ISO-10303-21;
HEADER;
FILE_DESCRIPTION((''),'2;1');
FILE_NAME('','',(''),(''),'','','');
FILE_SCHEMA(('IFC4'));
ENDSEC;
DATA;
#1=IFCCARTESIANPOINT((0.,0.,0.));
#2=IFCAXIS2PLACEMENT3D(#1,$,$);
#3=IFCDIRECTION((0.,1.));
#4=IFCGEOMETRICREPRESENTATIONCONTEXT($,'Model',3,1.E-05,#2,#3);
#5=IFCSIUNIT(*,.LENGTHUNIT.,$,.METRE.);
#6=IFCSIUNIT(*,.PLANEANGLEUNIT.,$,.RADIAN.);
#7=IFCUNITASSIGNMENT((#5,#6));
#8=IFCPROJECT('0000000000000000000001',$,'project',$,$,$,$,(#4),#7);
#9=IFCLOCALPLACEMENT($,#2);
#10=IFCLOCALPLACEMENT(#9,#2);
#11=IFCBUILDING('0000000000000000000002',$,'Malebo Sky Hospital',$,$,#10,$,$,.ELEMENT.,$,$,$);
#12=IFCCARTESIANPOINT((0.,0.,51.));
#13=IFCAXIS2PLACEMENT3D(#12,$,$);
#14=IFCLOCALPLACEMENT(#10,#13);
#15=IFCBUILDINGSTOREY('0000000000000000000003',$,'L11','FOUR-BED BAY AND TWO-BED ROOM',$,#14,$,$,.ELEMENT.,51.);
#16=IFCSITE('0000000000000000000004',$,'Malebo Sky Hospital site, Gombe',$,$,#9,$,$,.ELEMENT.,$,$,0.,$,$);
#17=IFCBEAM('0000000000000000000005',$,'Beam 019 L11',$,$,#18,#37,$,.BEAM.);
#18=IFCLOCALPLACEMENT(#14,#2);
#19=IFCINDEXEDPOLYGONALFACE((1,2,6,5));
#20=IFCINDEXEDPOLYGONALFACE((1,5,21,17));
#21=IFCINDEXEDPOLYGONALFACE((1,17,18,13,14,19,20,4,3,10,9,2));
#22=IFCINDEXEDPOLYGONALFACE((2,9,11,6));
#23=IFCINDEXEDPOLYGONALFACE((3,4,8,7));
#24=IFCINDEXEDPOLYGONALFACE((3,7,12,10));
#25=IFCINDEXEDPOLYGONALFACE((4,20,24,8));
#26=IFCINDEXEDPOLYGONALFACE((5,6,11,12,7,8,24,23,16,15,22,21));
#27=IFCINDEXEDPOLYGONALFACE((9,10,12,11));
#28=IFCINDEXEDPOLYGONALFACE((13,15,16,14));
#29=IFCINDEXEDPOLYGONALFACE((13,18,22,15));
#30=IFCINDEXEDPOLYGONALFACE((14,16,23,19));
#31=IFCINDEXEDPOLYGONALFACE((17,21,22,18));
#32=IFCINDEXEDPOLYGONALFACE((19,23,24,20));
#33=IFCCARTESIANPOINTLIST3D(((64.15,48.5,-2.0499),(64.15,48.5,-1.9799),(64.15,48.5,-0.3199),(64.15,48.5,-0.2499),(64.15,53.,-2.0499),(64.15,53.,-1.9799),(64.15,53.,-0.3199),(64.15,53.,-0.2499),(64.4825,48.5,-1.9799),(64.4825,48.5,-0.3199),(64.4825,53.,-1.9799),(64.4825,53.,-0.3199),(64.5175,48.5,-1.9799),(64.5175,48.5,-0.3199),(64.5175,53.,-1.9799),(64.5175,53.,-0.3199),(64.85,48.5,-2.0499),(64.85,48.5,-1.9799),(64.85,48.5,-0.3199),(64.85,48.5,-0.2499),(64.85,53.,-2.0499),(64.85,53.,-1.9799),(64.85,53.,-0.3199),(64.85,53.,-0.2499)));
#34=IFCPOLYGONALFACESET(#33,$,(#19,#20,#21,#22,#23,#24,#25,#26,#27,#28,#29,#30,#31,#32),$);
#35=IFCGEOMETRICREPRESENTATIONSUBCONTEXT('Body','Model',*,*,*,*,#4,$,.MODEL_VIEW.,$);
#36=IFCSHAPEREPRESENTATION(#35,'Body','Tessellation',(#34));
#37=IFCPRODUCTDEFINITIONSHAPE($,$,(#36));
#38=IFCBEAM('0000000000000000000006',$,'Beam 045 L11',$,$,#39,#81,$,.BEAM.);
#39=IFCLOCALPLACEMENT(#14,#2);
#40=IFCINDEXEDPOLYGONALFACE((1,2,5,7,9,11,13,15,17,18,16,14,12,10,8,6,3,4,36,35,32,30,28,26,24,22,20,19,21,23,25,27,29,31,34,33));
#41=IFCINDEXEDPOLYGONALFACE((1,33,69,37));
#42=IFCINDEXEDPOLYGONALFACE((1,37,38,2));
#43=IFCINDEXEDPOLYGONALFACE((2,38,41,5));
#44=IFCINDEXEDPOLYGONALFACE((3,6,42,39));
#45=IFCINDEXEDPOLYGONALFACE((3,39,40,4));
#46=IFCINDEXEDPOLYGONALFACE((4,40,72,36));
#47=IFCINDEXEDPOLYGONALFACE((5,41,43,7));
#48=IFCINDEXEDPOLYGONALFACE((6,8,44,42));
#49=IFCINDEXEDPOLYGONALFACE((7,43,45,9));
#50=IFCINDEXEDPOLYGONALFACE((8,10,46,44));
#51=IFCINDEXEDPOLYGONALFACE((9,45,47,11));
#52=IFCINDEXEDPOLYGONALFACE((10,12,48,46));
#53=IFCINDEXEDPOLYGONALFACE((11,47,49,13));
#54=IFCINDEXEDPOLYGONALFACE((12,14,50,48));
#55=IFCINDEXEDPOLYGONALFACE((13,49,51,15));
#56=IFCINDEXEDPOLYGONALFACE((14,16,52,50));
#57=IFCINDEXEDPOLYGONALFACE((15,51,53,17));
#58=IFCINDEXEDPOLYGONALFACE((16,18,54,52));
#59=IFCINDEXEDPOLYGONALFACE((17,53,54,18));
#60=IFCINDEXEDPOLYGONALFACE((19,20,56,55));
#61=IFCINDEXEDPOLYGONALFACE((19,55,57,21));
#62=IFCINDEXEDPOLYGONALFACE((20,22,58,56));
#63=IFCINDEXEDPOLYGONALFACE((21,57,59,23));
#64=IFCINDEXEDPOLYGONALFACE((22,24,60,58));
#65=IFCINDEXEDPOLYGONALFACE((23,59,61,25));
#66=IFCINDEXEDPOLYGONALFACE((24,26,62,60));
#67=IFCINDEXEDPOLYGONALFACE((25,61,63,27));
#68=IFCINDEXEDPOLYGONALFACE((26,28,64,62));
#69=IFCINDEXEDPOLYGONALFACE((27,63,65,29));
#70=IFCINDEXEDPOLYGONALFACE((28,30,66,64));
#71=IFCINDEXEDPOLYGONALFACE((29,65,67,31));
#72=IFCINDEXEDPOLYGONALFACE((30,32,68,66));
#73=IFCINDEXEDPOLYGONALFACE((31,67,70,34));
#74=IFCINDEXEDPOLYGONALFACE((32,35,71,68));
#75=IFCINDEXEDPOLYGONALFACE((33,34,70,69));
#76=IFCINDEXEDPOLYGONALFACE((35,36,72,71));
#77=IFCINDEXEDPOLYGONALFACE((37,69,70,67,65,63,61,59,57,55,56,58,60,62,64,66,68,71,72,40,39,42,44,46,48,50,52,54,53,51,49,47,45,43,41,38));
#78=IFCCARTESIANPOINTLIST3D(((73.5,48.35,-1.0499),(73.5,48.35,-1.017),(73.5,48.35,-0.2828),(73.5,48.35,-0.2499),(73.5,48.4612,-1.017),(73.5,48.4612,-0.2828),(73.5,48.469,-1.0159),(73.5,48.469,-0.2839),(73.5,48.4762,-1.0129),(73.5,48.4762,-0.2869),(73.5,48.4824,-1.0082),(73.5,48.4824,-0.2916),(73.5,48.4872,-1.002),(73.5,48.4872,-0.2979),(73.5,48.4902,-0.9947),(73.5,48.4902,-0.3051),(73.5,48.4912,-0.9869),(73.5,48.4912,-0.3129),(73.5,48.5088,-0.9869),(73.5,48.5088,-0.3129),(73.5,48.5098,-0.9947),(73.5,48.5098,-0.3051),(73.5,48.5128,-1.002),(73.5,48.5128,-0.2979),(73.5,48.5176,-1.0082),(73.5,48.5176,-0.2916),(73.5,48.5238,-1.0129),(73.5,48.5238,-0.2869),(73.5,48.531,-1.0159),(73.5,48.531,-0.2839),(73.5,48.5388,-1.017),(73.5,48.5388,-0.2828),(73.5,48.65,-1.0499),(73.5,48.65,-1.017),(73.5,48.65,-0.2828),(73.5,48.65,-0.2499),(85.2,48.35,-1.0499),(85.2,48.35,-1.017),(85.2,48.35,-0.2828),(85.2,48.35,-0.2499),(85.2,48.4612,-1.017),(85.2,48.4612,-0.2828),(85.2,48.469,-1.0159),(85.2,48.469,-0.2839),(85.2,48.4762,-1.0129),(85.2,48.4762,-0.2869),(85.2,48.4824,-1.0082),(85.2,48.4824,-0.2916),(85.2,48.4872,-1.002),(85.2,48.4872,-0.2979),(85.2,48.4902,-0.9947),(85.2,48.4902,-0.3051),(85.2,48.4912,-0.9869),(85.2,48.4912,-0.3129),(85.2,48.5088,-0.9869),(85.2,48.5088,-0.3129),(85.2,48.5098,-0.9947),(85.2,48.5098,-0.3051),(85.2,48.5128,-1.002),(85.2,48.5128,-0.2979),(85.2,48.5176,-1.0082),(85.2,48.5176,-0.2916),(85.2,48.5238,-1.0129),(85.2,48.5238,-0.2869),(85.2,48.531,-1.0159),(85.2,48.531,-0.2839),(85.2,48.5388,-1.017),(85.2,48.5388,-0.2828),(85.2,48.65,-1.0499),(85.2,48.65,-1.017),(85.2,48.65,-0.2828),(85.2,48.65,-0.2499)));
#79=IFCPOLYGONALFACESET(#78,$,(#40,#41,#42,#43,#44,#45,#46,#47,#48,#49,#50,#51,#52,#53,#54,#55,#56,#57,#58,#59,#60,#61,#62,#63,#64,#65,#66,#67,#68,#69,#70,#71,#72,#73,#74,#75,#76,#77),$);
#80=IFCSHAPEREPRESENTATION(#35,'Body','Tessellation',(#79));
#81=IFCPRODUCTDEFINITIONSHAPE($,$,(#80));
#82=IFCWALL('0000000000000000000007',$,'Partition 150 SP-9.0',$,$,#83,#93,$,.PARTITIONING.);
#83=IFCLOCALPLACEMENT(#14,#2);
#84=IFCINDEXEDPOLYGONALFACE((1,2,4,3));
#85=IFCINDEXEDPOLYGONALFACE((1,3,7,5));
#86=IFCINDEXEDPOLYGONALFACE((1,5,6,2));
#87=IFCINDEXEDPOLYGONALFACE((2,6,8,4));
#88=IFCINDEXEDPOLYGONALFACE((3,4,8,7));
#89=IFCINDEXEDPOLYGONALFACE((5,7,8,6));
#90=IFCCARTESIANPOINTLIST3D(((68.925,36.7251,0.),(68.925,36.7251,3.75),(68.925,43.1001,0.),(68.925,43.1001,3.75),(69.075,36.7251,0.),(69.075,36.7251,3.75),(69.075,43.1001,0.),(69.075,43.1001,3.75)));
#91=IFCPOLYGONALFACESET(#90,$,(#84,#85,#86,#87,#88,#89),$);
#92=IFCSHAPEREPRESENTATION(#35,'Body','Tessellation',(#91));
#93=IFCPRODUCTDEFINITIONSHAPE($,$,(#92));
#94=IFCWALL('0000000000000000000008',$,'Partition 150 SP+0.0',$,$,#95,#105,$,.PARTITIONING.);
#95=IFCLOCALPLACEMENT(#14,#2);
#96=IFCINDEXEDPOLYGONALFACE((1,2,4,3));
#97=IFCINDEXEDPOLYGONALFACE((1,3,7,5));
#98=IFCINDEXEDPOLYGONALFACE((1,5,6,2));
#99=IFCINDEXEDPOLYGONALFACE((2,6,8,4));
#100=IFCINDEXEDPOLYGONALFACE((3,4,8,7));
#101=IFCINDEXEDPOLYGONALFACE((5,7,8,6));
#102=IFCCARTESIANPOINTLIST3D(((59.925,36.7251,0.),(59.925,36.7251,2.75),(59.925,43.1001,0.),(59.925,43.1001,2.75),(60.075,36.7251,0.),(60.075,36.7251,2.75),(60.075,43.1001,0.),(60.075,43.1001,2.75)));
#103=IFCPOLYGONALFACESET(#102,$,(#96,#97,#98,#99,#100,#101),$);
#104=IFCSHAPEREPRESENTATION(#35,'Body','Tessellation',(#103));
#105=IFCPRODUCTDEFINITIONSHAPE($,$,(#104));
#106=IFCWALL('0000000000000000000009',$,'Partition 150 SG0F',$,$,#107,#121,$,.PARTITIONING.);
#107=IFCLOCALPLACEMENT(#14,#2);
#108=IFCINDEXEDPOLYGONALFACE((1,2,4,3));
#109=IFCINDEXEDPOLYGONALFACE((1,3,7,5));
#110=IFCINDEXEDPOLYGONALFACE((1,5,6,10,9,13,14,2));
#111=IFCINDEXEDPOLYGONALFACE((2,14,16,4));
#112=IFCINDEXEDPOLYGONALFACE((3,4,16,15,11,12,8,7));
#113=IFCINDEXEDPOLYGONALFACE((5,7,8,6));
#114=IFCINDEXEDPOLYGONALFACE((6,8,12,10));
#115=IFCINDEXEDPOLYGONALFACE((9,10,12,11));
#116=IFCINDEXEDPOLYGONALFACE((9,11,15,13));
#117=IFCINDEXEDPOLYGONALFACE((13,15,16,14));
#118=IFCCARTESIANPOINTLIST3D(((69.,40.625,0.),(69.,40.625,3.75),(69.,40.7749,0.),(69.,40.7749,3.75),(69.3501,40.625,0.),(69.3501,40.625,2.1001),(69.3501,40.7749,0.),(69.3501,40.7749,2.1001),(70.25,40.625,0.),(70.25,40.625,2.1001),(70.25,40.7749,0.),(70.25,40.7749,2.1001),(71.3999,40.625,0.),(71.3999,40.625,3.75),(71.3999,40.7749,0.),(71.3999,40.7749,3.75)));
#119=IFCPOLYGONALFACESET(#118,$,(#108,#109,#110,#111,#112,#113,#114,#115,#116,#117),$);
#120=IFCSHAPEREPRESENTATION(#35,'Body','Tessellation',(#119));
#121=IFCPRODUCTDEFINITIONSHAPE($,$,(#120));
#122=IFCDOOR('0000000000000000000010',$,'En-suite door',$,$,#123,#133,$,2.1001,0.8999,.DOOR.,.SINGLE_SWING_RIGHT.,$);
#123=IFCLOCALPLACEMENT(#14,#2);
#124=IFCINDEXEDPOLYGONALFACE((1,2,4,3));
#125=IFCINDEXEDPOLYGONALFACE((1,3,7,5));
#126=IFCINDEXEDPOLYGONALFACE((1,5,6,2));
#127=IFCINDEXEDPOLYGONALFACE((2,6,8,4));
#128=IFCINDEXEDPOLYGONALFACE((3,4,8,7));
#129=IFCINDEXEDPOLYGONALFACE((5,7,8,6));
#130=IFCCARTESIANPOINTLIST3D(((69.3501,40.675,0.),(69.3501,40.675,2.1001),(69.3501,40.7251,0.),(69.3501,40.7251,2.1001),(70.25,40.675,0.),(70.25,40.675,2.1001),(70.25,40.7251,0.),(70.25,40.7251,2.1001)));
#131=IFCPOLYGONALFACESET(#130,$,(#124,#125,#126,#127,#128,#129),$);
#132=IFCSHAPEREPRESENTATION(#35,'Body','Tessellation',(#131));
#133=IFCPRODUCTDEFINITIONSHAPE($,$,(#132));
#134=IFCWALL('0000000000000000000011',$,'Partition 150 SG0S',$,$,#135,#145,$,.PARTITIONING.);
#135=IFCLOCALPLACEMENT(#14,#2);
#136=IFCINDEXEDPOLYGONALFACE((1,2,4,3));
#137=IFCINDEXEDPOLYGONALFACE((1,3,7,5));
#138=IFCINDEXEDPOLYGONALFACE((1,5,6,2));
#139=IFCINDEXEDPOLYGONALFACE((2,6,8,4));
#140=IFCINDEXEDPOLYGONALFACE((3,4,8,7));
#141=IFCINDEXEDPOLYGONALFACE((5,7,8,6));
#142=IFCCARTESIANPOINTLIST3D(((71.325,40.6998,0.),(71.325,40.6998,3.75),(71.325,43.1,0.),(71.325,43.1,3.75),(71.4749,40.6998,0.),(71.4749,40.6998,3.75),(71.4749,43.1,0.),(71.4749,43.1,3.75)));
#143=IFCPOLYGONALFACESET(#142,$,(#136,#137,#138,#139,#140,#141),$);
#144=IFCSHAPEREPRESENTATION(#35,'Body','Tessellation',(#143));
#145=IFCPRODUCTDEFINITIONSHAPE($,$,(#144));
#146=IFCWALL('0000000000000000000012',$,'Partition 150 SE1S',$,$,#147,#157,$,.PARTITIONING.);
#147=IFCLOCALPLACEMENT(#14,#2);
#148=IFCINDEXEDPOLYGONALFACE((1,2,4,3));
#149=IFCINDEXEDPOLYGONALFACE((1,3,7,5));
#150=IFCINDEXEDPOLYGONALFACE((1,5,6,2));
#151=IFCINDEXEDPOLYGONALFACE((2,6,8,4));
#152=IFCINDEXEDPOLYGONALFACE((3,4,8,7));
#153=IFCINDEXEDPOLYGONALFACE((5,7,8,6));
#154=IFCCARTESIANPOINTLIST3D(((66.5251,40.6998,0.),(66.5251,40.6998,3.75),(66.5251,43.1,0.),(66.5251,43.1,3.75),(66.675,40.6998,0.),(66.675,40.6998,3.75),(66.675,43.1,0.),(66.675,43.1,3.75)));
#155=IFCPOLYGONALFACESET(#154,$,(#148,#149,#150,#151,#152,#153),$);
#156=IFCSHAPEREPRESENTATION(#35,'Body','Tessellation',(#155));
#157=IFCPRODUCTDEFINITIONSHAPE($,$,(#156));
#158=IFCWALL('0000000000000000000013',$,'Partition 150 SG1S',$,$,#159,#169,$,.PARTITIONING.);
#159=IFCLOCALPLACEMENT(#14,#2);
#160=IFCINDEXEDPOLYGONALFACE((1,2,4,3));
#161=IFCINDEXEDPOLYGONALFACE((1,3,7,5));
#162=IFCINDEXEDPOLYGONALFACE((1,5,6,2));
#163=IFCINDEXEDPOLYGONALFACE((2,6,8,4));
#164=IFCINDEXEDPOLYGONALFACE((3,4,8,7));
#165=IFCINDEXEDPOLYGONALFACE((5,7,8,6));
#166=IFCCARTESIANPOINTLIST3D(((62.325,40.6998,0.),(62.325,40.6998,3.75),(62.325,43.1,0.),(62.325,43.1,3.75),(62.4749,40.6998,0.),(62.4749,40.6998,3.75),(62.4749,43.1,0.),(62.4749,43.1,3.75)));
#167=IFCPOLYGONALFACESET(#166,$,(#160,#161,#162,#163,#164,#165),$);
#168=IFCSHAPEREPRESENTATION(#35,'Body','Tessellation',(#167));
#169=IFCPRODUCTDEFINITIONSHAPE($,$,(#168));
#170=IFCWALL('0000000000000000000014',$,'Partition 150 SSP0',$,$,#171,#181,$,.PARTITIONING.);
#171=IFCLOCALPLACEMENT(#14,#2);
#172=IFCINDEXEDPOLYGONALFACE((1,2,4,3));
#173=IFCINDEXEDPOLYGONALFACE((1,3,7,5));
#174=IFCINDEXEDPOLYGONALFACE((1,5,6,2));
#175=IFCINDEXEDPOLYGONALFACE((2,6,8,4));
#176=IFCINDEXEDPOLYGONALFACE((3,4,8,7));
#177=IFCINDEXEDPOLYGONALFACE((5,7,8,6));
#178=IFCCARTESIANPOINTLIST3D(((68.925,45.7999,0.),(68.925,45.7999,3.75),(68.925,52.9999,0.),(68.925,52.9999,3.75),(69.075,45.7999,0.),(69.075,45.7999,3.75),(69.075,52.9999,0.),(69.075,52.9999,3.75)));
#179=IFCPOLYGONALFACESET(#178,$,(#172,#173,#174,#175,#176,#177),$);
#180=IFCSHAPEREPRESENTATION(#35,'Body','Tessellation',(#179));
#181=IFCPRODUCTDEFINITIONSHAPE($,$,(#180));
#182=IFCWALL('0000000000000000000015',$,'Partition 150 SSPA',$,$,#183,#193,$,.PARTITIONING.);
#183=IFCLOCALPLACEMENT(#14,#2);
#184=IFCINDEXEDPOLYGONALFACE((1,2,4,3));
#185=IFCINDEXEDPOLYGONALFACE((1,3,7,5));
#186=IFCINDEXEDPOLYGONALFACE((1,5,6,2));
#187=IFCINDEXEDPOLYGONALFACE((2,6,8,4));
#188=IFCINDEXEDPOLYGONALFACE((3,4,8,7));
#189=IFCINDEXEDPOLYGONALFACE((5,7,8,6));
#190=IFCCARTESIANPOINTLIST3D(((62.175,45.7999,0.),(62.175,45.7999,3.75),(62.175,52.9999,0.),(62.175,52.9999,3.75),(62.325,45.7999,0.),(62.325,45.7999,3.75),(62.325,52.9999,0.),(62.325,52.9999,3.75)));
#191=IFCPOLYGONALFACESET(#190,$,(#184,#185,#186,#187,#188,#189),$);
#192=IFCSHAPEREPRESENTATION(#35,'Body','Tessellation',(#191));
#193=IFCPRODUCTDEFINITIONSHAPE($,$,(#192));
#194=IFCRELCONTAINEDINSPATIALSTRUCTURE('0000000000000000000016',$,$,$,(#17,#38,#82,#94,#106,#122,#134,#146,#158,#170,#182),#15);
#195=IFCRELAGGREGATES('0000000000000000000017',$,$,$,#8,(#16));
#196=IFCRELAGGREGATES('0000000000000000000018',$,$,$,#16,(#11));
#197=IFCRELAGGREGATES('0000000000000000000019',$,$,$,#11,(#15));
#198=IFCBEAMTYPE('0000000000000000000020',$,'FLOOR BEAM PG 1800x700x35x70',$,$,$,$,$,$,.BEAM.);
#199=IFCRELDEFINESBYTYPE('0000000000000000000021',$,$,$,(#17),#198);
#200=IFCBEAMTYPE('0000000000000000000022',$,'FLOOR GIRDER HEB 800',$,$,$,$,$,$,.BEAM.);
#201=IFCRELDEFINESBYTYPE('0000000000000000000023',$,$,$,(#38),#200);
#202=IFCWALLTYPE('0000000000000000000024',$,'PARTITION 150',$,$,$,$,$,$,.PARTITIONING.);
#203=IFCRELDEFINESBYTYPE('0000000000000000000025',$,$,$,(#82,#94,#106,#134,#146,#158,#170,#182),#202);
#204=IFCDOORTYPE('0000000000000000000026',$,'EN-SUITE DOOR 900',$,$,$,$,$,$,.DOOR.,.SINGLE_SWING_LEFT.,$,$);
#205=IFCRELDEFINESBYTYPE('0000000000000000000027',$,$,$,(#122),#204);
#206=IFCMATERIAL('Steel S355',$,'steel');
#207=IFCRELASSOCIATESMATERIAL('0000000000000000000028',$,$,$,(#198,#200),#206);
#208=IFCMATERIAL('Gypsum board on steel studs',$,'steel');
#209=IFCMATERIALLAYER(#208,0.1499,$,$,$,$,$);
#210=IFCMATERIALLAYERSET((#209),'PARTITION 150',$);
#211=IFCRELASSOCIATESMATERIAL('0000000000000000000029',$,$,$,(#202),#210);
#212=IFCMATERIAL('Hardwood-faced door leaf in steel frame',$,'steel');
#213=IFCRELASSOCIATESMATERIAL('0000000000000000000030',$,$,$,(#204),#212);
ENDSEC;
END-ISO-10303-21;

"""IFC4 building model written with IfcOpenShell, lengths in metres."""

from ifc_helpers import new_model, si_unit, direction, frame, frame_2d, origin, origin_2d, place, context, subcontext, project, spatial, rectangle, i_section, extrude, material, layer, layer_set, material_profile, profile_set, type_object, element, fill, save


model = new_model("IFC4")

# Units and contexts
model_context = context("Model", 3, precision=1e-05, world=origin(), true_north=direction((0.0, 1.0)))
body_context = subcontext(model_context, "Body", "Model", "MODEL_VIEW")
ifc_project = project(units=[si_unit("LENGTHUNIT", "METRE"), si_unit("PLANEANGLEUNIT", "RADIAN")], contexts=[model_context])

# Site, building, storey
site_placement = place(None, origin())
site = spatial("IfcSite", under=ifc_project, at=site_placement, Name="Malebo Sky Hospital site, Gombe", CompositionType="ELEMENT", RefElevation=0.0)
building_placement = place(site_placement, origin())
building = spatial("IfcBuilding", under=site, at=building_placement, Name="Malebo Sky Hospital", CompositionType="ELEMENT")
storey_placement = place(building_placement, frame((0.0, 0.0, 51.0)))
storey = spatial("IfcBuildingStorey", under=building, at=storey_placement, Name="L11", Description="FOUR-BED BAY AND TWO-BED ROOM", CompositionType="ELEMENT", Elevation=51.0)

# Beams
ifc_material_1 = material(Name="Steel S355", Category="steel")
ifc_material_profile_1 = material_profile(ifc_material_1, i_section(OverallWidth=0.7, OverallDepth=1.8, WebThickness=0.0349, FlangeThickness=0.0701, at=origin_2d()), Name="PG 1800x700x35x70")
ifc_profile_set_1 = profile_set([ifc_material_profile_1], Name="Steel S355")
beam_type_1 = type_object("IfcBeamType", Name="FLOOR BEAM PG 1800x700x35x70", PredefinedType="BEAM", material=ifc_profile_set_1)
beam_1_placement = place(storey_placement, frame((64.5, 48.5, -1.1499), z_axis=(0.0, 1.0, 0.0), x_axis=(-1.0, 0.0, 0.0)))
element("IfcBeam", 1, at=beam_1_placement, inside=storey, type_object=beam_type_1, Name="Beam 019 L11", PredefinedType="BEAM", context=body_context, shape_type="SweptSolid", body=[
    extrude(i_section(OverallWidth=0.7, OverallDepth=1.8, WebThickness=0.0349, FlangeThickness=0.0701, at=origin_2d()), origin(), (0.0, 0.0, 1.0), 4.5),
])
ifc_material_profile_2 = material_profile(ifc_material_1, i_section(OverallWidth=0.3, OverallDepth=0.8, WebThickness=0.0176, FlangeThickness=0.033, FilletRadius=0.03, at=origin_2d()), Name="HEB 800")
ifc_profile_set_2 = profile_set([ifc_material_profile_2], Name="Steel S355")
beam_type_2 = type_object("IfcBeamType", Name="FLOOR GIRDER HEB 800", PredefinedType="BEAM", material=ifc_profile_set_2)
beam_2_placement = place(storey_placement, frame((73.5, 48.5, -0.6499), z_axis=(1.0, 0.0, 0.0), x_axis=(0.0, 1.0, 0.0)))
element("IfcBeam", 2, at=beam_2_placement, inside=storey, type_object=beam_type_2, Name="Beam 045 L11", PredefinedType="BEAM", context=body_context, shape_type="SweptSolid", body=[
    extrude(i_section(OverallWidth=0.3, OverallDepth=0.8, WebThickness=0.0176, FlangeThickness=0.033, FilletRadius=0.03, at=origin_2d()), origin(), (0.0, 0.0, 1.0), 11.7),
])

# Walls
ifc_material_2 = material(Name="Gypsum board on steel studs", Category="steel")
ifc_layer = layer(ifc_material_2, 0.1499)
ifc_layer_set = layer_set([ifc_layer], Name="PARTITION 150")
wall_type = type_object("IfcWallType", Name="PARTITION 150", PredefinedType="PARTITIONING", material=ifc_layer_set)
wall_1_placement = place(storey_placement, frame((69.0, 43.1001, 0.0), z_axis=(0.0, 0.0, 1.0), x_axis=(0.0, -1.0, 0.0)))
element("IfcWall", 3, at=wall_1_placement, inside=storey, type_object=wall_type, Name="Partition 150 SP-9.0", PredefinedType="PARTITIONING", context=body_context, shape_type="SweptSolid", body=[
    extrude(rectangle(XDim=6.375, YDim=0.1499, at=frame_2d((3.1875, 0.0))), origin(), (0.0, 0.0, 1.0), 3.75),
])
wall_2_placement = place(storey_placement, frame((60.0, 43.1001, 0.0), z_axis=(0.0, 0.0, 1.0), x_axis=(0.0, -1.0, 0.0)))
element("IfcWall", 4, at=wall_2_placement, inside=storey, type_object=wall_type, Name="Partition 150 SP+0.0", PredefinedType="PARTITIONING", context=body_context, shape_type="SweptSolid", body=[
    extrude(rectangle(XDim=6.375, YDim=0.1499, at=frame_2d((3.1875, 0.0))), origin(), (0.0, 0.0, 1.0), 2.75),
])

# Wall, opening, door
wall_3_placement = place(storey_placement, frame((71.3999, 40.7, 0.0), z_axis=(0.0, 0.0, 1.0), x_axis=(-1.0, 0.0, 0.0)))
wall_3 = element("IfcWall", 5, at=wall_3_placement, inside=storey, type_object=wall_type, Name="Partition 150 SG0F", PredefinedType="PARTITIONING", context=body_context, shape_type="SweptSolid", body=[
    extrude(rectangle(XDim=2.3999, YDim=0.1499, at=frame_2d((1.2, 0.0))), origin(), (0.0, 0.0, 1.0), 3.75),
])
opening_placement = place(wall_3_placement, frame((1.1499, 0.0, 0.0)))
opening = element("IfcOpeningElement", 6, at=opening_placement, cuts=wall_3, PredefinedType="OPENING", context=body_context, shape_type="SweptSolid", body=[
    extrude(rectangle(XDim=0.8999, YDim=2.1001, at=frame_2d((0.45, 1.05))), frame((0.0, 0.085, 0.0), z_axis=(0.0, -1.0, 0.0), x_axis=(1.0, 0.0, 0.0)), (0.0, 0.0, 1.0), 0.1699),
])
ifc_material_3 = material(Name="Hardwood-faced door leaf in steel frame", Category="steel")
door_type = type_object("IfcDoorType", Name="EN-SUITE DOOR 900", OperationType="SINGLE_SWING_LEFT", PredefinedType="DOOR", material=ifc_material_3)
door_placement = place(opening_placement, origin())
door = element("IfcDoor", 7, at=door_placement, inside=storey, type_object=door_type, Name="En-suite door", OperationType="SINGLE_SWING_RIGHT", OverallHeight=2.1001, OverallWidth=0.8999, PredefinedType="DOOR", context=body_context, shape_type="SweptSolid", body=[
    extrude(rectangle(XDim=0.8999, YDim=2.1001, at=frame_2d((0.45, 1.05))), frame((0.0, 0.0249, 0.0), z_axis=(0.0, -1.0, 0.0), x_axis=(1.0, 0.0, 0.0)), (0.0, 0.0, 1.0), 0.05),
])
fill(opening, door)

# Walls
for number, where, z_axis, x_axis, name in (
    (8, (71.3999, 43.1001, 0.0), (0.0, 0.0, 1.0), (0.0, -1.0, 0.0), "Partition 150 SG0S"),
    (9, (66.6001, 43.1001, 0.0), (0.0, 0.0, 1.0), (0.0, -1.0, 0.0), "Partition 150 SE1S"),
    (10, (62.3999, 43.1001, 0.0), (0.0, 0.0, 1.0), (0.0, -1.0, 0.0), "Partition 150 SG1S"),
):
    element("IfcWall", number, at=place(storey_placement, frame(where, z_axis=z_axis, x_axis=x_axis)), inside=storey, type_object=wall_type, Name=name, PredefinedType="PARTITIONING", context=body_context, shape_type="SweptSolid", body=[
        extrude(rectangle(XDim=2.4001, YDim=0.1499, at=frame_2d((1.2002, 0.0))), origin(), (0.0, 0.0, 1.0), 3.75),
    ])
for number, where, z_axis, x_axis, name in (
    (11, (69.0, 53.0, 0.0), (0.0, 0.0, 1.0), (0.0, -1.0, 0.0), "Partition 150 SSP0"),
    (12, (62.25, 53.0, 0.0), (0.0, 0.0, 1.0), (0.0, -1.0, 0.0), "Partition 150 SSPA"),
):
    element("IfcWall", number, at=place(storey_placement, frame(where, z_axis=z_axis, x_axis=x_axis)), inside=storey, type_object=wall_type, Name=name, PredefinedType="PARTITIONING", context=body_context, shape_type="SweptSolid", body=[
        extrude(rectangle(XDim=7.2, YDim=0.1499, at=frame_2d((3.6001, 0.0))), origin(), (0.0, 0.0, 1.0), 3.75),
    ])

save(model, "model.ifc")
